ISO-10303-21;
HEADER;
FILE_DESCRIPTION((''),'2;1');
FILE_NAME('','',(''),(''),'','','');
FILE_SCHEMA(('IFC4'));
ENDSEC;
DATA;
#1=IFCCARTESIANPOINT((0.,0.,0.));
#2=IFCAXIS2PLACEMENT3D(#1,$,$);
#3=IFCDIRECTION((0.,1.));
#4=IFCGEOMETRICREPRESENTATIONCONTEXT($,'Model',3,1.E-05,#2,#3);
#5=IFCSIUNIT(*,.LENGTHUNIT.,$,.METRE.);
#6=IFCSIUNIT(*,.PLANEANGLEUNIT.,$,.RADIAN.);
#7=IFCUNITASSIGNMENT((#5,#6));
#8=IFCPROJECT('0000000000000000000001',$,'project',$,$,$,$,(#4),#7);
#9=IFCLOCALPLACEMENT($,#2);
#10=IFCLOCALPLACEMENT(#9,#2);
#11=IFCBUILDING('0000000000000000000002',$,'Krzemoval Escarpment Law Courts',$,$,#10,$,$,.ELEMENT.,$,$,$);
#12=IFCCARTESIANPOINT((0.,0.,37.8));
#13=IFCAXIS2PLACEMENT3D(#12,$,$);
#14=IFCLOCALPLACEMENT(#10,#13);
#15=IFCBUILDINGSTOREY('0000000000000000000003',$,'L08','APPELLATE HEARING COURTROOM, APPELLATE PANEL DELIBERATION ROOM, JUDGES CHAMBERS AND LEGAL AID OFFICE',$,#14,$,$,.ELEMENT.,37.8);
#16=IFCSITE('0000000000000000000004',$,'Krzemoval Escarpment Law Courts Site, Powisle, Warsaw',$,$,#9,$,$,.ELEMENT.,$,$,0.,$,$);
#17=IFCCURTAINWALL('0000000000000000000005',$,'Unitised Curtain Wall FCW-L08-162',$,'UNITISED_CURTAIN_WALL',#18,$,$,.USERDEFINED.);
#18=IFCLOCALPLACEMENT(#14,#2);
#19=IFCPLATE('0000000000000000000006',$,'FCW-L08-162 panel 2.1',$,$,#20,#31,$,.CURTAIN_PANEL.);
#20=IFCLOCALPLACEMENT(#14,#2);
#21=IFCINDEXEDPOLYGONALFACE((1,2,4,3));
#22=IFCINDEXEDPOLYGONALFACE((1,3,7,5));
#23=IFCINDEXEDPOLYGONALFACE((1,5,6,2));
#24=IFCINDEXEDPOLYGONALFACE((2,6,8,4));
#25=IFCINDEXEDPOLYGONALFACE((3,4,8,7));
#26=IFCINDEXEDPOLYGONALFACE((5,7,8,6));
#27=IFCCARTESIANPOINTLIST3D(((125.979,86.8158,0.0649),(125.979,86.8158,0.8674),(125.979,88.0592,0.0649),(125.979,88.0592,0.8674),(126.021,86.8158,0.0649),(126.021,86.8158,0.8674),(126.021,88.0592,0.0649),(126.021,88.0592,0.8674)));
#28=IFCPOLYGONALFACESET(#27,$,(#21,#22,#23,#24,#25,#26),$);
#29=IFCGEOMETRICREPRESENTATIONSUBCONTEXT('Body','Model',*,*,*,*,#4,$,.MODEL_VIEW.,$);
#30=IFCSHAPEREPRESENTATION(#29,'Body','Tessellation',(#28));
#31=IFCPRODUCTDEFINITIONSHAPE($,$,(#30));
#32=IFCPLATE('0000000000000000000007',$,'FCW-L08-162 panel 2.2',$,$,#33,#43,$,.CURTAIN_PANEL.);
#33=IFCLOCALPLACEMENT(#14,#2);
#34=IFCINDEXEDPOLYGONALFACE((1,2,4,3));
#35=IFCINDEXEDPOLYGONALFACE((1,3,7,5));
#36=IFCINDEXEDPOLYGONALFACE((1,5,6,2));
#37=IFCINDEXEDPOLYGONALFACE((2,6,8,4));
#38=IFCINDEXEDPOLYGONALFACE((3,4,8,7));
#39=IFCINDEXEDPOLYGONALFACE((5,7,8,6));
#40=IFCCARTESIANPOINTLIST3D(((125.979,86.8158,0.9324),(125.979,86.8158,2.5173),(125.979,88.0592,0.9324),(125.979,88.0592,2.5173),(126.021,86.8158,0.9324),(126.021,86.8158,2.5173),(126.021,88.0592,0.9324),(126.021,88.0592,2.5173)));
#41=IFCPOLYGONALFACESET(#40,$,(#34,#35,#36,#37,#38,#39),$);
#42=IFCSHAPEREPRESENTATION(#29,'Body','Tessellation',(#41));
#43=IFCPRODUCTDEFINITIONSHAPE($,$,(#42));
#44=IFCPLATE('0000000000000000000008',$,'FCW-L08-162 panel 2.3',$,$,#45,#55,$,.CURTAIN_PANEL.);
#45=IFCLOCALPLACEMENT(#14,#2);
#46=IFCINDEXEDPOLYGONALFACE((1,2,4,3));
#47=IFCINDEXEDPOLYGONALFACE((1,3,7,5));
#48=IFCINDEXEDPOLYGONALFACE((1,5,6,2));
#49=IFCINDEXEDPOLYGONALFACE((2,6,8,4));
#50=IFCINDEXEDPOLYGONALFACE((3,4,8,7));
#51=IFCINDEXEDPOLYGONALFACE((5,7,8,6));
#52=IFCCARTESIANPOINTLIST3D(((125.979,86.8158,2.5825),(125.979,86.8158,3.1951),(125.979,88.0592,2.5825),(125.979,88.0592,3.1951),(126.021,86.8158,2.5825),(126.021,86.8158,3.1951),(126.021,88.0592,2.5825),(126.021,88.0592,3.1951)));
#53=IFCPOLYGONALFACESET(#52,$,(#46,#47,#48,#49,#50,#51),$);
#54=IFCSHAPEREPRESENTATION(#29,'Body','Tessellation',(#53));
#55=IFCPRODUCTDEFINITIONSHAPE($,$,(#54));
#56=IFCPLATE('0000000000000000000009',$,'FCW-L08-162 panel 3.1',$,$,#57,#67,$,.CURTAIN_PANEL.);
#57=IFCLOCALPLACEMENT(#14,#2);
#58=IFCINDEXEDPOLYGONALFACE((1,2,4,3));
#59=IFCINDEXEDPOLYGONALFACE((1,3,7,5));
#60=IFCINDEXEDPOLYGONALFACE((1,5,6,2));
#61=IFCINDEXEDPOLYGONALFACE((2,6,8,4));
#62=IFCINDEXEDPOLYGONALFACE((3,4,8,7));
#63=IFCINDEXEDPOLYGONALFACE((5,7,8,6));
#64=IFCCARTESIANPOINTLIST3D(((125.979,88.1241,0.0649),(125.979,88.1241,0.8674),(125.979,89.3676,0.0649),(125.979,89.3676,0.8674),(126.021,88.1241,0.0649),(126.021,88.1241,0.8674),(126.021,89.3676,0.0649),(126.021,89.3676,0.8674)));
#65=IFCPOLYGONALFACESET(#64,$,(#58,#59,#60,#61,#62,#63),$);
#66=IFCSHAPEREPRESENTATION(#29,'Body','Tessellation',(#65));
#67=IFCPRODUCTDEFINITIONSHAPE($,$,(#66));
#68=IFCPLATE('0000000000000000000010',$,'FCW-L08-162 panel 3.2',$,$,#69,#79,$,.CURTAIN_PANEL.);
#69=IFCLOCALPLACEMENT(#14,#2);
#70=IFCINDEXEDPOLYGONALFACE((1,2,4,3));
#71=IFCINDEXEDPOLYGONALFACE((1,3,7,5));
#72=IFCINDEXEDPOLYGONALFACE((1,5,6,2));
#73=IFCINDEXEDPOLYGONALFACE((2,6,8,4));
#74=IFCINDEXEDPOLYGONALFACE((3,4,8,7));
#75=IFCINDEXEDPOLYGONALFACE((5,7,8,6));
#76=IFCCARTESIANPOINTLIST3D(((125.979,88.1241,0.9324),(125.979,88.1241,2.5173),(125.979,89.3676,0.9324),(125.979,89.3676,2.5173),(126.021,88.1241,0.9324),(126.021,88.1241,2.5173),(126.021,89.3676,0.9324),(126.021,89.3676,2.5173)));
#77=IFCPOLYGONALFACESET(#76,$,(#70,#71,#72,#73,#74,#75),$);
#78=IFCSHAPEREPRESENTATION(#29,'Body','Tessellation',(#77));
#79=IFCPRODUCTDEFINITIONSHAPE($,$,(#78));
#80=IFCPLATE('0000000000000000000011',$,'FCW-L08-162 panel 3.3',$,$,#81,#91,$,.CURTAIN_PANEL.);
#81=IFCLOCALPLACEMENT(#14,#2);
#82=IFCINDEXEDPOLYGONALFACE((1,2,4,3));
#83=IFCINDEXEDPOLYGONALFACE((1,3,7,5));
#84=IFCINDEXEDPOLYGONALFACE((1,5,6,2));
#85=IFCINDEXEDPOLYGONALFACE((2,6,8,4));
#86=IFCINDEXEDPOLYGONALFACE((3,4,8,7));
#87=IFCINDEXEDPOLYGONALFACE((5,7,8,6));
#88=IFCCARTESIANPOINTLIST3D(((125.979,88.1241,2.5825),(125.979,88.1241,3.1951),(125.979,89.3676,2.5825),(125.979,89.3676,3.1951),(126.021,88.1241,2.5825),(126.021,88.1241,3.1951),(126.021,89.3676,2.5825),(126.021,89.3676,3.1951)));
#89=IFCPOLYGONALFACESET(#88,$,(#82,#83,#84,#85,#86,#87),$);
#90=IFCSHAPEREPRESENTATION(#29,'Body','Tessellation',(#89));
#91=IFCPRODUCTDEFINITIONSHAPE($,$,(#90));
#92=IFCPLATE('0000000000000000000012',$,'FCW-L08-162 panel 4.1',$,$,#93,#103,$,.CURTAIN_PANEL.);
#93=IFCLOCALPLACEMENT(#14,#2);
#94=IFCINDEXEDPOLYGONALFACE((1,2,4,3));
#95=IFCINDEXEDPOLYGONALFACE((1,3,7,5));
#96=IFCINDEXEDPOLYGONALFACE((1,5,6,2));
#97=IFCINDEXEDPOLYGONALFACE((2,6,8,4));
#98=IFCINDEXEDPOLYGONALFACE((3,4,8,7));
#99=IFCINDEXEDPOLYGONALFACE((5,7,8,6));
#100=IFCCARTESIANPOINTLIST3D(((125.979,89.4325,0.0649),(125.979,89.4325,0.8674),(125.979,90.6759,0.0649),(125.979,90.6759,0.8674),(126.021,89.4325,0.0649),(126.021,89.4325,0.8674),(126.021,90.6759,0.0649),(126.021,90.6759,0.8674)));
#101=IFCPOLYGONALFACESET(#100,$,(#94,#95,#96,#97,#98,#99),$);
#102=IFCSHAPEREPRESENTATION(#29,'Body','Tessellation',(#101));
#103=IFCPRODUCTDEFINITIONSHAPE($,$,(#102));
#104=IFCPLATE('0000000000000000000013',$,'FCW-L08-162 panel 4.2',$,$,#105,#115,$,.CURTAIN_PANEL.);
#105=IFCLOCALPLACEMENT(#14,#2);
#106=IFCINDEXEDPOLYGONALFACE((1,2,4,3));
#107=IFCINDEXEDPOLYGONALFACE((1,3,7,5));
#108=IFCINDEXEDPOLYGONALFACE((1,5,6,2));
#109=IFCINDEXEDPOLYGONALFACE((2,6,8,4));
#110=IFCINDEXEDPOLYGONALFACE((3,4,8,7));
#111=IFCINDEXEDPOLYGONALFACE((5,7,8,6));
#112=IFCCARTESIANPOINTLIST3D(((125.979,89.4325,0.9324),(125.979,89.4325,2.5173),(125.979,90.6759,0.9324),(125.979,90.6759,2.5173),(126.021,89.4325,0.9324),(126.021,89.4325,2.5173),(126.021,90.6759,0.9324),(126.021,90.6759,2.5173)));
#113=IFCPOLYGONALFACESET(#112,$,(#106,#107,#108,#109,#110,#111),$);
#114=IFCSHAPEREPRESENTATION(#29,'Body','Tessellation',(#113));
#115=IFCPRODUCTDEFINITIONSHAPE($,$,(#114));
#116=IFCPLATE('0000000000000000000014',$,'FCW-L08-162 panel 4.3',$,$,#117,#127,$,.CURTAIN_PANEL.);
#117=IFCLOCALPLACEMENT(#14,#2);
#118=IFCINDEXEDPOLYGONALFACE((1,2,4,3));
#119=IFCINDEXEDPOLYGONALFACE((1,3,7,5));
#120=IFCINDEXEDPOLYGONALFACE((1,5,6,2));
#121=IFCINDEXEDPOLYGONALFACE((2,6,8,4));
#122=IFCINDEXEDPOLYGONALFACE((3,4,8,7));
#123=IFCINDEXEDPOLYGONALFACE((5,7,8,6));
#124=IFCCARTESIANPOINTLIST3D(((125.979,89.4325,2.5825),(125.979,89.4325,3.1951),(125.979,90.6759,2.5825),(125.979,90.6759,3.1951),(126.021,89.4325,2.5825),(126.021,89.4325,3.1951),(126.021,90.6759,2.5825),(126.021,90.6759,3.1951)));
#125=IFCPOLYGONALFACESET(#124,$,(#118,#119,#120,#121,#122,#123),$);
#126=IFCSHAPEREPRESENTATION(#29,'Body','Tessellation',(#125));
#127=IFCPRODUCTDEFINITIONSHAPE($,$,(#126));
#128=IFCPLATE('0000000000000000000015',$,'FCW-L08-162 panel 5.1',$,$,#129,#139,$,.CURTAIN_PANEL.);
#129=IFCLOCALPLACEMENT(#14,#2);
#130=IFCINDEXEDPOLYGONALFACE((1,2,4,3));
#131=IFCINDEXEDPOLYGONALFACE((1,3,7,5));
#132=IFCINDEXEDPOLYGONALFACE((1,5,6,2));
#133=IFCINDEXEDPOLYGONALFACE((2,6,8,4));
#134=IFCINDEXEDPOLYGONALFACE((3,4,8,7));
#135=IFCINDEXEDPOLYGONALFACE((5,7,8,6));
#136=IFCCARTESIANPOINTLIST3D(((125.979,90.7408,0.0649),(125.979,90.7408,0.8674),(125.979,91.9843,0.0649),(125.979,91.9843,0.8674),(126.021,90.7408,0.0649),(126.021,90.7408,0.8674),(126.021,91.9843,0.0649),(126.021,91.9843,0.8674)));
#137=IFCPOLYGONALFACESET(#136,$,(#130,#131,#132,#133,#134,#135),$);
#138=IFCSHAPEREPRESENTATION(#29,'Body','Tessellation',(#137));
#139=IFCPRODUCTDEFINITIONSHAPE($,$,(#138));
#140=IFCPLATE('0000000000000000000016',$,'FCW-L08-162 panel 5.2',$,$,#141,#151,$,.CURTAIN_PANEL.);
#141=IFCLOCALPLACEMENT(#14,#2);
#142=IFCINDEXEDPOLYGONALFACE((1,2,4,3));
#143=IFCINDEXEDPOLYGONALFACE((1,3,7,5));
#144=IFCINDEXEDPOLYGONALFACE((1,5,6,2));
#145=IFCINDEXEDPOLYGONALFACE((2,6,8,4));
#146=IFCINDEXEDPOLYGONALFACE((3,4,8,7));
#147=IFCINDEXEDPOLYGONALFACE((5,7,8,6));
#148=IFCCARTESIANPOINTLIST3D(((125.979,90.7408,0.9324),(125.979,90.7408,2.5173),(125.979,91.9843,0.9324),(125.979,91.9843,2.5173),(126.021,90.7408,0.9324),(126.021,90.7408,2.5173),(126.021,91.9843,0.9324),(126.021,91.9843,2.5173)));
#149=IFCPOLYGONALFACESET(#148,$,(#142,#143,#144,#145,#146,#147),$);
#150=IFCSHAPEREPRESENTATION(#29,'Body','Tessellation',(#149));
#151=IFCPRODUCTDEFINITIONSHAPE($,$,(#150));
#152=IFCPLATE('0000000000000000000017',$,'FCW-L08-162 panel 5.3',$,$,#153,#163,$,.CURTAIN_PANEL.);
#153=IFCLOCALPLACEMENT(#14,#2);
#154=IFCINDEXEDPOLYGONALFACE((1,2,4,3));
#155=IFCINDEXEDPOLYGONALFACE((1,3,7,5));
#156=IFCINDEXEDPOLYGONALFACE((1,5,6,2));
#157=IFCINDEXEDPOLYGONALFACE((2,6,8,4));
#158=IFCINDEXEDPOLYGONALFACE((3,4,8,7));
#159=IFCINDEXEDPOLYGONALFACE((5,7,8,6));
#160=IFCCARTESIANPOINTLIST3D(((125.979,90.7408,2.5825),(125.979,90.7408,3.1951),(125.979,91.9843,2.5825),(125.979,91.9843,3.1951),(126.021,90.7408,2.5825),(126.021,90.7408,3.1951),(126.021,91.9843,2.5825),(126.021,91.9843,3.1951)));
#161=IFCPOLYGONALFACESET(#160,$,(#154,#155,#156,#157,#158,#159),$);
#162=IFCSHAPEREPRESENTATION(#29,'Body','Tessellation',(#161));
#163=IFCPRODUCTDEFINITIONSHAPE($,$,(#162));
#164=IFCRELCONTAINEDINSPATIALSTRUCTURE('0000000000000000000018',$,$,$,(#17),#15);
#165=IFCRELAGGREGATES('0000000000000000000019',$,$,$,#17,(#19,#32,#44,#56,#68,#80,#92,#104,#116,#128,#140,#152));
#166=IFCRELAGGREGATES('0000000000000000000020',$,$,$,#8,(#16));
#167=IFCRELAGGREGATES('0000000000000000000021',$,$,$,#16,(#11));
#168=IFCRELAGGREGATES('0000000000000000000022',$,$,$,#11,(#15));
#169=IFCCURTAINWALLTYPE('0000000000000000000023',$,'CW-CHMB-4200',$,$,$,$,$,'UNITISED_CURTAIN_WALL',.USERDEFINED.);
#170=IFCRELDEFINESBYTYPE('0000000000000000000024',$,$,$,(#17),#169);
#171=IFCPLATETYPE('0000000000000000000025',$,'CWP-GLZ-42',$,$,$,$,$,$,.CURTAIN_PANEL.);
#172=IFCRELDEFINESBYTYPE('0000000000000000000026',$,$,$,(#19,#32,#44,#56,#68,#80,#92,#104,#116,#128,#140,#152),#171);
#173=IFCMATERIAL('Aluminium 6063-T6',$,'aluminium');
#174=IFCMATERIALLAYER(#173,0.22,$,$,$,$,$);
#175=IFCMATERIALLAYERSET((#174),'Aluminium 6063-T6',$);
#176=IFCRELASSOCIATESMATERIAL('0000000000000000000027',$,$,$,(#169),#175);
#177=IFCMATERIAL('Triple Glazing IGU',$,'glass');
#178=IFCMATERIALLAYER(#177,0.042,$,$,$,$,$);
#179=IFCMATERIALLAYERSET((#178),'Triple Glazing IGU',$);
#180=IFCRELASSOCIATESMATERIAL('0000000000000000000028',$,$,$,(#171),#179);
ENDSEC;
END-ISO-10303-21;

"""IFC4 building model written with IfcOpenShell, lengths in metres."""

from ifc_helpers import new_model, si_unit, direction, frame, origin, origin_2d, place, context, subcontext, project, spatial, rectangle, extrude, material, layer, layer_set, type_object, element, aggregate, save


model = new_model("IFC4")

# Units and contexts
model_context = context("Model", 3, precision=1e-05, world=origin(), true_north=direction((0.0, 1.0)))
body_context = subcontext(model_context, "Body", "Model", "MODEL_VIEW")
ifc_project = project(units=[si_unit("LENGTHUNIT", "METRE"), si_unit("PLANEANGLEUNIT", "RADIAN")], contexts=[model_context])

# Site, building, storey
site_placement = place(None, origin())
site = spatial("IfcSite", under=ifc_project, at=site_placement, Name="Krzemoval Escarpment Law Courts Site, Powisle, Warsaw", CompositionType="ELEMENT", RefElevation=0.0)
building_placement = place(site_placement, origin())
building = spatial("IfcBuilding", under=site, at=building_placement, Name="Krzemoval Escarpment Law Courts", CompositionType="ELEMENT")
storey_placement = place(building_placement, frame((0.0, 0.0, 37.8)))
storey = spatial("IfcBuildingStorey", under=building, at=storey_placement, Name="L08", Description="APPELLATE HEARING COURTROOM, APPELLATE PANEL DELIBERATION ROOM, JUDGES CHAMBERS AND LEGAL AID OFFICE", CompositionType="ELEMENT", Elevation=37.8)

# Curtain wall, plates
ifc_material_1 = material(Name="Aluminium 6063-T6", Category="aluminium")
ifc_layer_1 = layer(ifc_material_1, 0.22)
ifc_layer_set_1 = layer_set([ifc_layer_1], Name="Aluminium 6063-T6")
curtain_wall_type = type_object("IfcCurtainWallType", Name="CW-CHMB-4200", ElementType="UNITISED_CURTAIN_WALL", PredefinedType="USERDEFINED", material=ifc_layer_set_1)
curtain_wall_placement = place(storey_placement, origin())
curtain_wall = element("IfcCurtainWall", 1, at=curtain_wall_placement, inside=storey, type_object=curtain_wall_type, Name="Unitised Curtain Wall FCW-L08-162", ObjectType="UNITISED_CURTAIN_WALL", PredefinedType="USERDEFINED")
ifc_material_2 = material(Name="Triple Glazing IGU", Category="glass")
ifc_layer_2 = layer(ifc_material_2, 0.042)
ifc_layer_set_2 = layer_set([ifc_layer_2], Name="Triple Glazing IGU")
plate_type = type_object("IfcPlateType", Name="CWP-GLZ-42", PredefinedType="CURTAIN_PANEL", material=ifc_layer_set_2)
plate_1_placement = place(storey_placement, frame((126.0, 87.4375, 0.0649), z_axis=(0.0, 0.0, 1.0), x_axis=(0.0, 1.0, 0.0)))
plate_1 = element("IfcPlate", 2, at=plate_1_placement, type_object=plate_type, Name="FCW-L08-162 panel 2.1", PredefinedType="CURTAIN_PANEL", context=body_context, shape_type="SweptSolid", body=[
    extrude(rectangle(XDim=1.2434, YDim=0.042, at=origin_2d()), origin(), (0.0, 0.0, 1.0), 0.8025),
])
plate_2_placement = place(storey_placement, frame((126.0, 87.4375, 0.9324), z_axis=(0.0, 0.0, 1.0), x_axis=(0.0, 1.0, 0.0)))
plate_2 = element("IfcPlate", 3, at=plate_2_placement, type_object=plate_type, Name="FCW-L08-162 panel 2.2", PredefinedType="CURTAIN_PANEL", context=body_context, shape_type="SweptSolid", body=[
    extrude(rectangle(XDim=1.2434, YDim=0.042, at=origin_2d()), origin(), (0.0, 0.0, 1.0), 1.585),
])
plate_3_placement = place(storey_placement, frame((126.0, 87.4375, 2.5825), z_axis=(0.0, 0.0, 1.0), x_axis=(0.0, 1.0, 0.0)))
plate_3 = element("IfcPlate", 4, at=plate_3_placement, type_object=plate_type, Name="FCW-L08-162 panel 2.3", PredefinedType="CURTAIN_PANEL", context=body_context, shape_type="SweptSolid", body=[
    extrude(rectangle(XDim=1.2434, YDim=0.042, at=origin_2d()), origin(), (0.0, 0.0, 1.0), 0.6125),
])
plate_4_placement = place(storey_placement, frame((126.0, 88.7458, 0.0649), z_axis=(0.0, 0.0, 1.0), x_axis=(0.0, 1.0, 0.0)))
plate_4 = element("IfcPlate", 5, at=plate_4_placement, type_object=plate_type, Name="FCW-L08-162 panel 3.1", PredefinedType="CURTAIN_PANEL", context=body_context, shape_type="SweptSolid", body=[
    extrude(rectangle(XDim=1.2434, YDim=0.042, at=origin_2d()), origin(), (0.0, 0.0, 1.0), 0.8025),
])
plate_5_placement = place(storey_placement, frame((126.0, 88.7458, 0.9324), z_axis=(0.0, 0.0, 1.0), x_axis=(0.0, 1.0, 0.0)))
plate_5 = element("IfcPlate", 6, at=plate_5_placement, type_object=plate_type, Name="FCW-L08-162 panel 3.2", PredefinedType="CURTAIN_PANEL", context=body_context, shape_type="SweptSolid", body=[
    extrude(rectangle(XDim=1.2434, YDim=0.042, at=origin_2d()), origin(), (0.0, 0.0, 1.0), 1.585),
])
plate_6_placement = place(storey_placement, frame((126.0, 88.7458, 2.5825), z_axis=(0.0, 0.0, 1.0), x_axis=(0.0, 1.0, 0.0)))
plate_6 = element("IfcPlate", 7, at=plate_6_placement, type_object=plate_type, Name="FCW-L08-162 panel 3.3", PredefinedType="CURTAIN_PANEL", context=body_context, shape_type="SweptSolid", body=[
    extrude(rectangle(XDim=1.2434, YDim=0.042, at=origin_2d()), origin(), (0.0, 0.0, 1.0), 0.6125),
])
plate_7_placement = place(storey_placement, frame((126.0, 90.0542, 0.0649), z_axis=(0.0, 0.0, 1.0), x_axis=(0.0, 1.0, 0.0)))
plate_7 = element("IfcPlate", 8, at=plate_7_placement, type_object=plate_type, Name="FCW-L08-162 panel 4.1", PredefinedType="CURTAIN_PANEL", context=body_context, shape_type="SweptSolid", body=[
    extrude(rectangle(XDim=1.2434, YDim=0.042, at=origin_2d()), origin(), (0.0, 0.0, 1.0), 0.8025),
])
plate_8_placement = place(storey_placement, frame((126.0, 90.0542, 0.9324), z_axis=(0.0, 0.0, 1.0), x_axis=(0.0, 1.0, 0.0)))
plate_8 = element("IfcPlate", 9, at=plate_8_placement, type_object=plate_type, Name="FCW-L08-162 panel 4.2", PredefinedType="CURTAIN_PANEL", context=body_context, shape_type="SweptSolid", body=[
    extrude(rectangle(XDim=1.2434, YDim=0.042, at=origin_2d()), origin(), (0.0, 0.0, 1.0), 1.585),
])
plate_9_placement = place(storey_placement, frame((126.0, 90.0542, 2.5825), z_axis=(0.0, 0.0, 1.0), x_axis=(0.0, 1.0, 0.0)))
plate_9 = element("IfcPlate", 10, at=plate_9_placement, type_object=plate_type, Name="FCW-L08-162 panel 4.3", PredefinedType="CURTAIN_PANEL", context=body_context, shape_type="SweptSolid", body=[
    extrude(rectangle(XDim=1.2434, YDim=0.042, at=origin_2d()), origin(), (0.0, 0.0, 1.0), 0.6125),
])
plate_10_placement = place(storey_placement, frame((126.0, 91.3625, 0.0649), z_axis=(0.0, 0.0, 1.0), x_axis=(0.0, 1.0, 0.0)))
plate_10 = element("IfcPlate", 11, at=plate_10_placement, type_object=plate_type, Name="FCW-L08-162 panel 5.1", PredefinedType="CURTAIN_PANEL", context=body_context, shape_type="SweptSolid", body=[
    extrude(rectangle(XDim=1.2434, YDim=0.042, at=origin_2d()), origin(), (0.0, 0.0, 1.0), 0.8025),
])
plate_11_placement = place(storey_placement, frame((126.0, 91.3625, 0.9324), z_axis=(0.0, 0.0, 1.0), x_axis=(0.0, 1.0, 0.0)))
plate_11 = element("IfcPlate", 12, at=plate_11_placement, type_object=plate_type, Name="FCW-L08-162 panel 5.2", PredefinedType="CURTAIN_PANEL", context=body_context, shape_type="SweptSolid", body=[
    extrude(rectangle(XDim=1.2434, YDim=0.042, at=origin_2d()), origin(), (0.0, 0.0, 1.0), 1.585),
])
plate_12_placement = place(storey_placement, frame((126.0, 91.3625, 2.5825), z_axis=(0.0, 0.0, 1.0), x_axis=(0.0, 1.0, 0.0)))
plate_12 = element("IfcPlate", 13, at=plate_12_placement, type_object=plate_type, Name="FCW-L08-162 panel 5.3", PredefinedType="CURTAIN_PANEL", context=body_context, shape_type="SweptSolid", body=[
    extrude(rectangle(XDim=1.2434, YDim=0.042, at=origin_2d()), origin(), (0.0, 0.0, 1.0), 0.6125),
])
aggregate(curtain_wall, [plate_1, plate_2, plate_3, plate_4, plate_5, plate_6, plate_7, plate_8, plate_9, plate_10, plate_11, plate_12])

save(model, "model.ifc")
